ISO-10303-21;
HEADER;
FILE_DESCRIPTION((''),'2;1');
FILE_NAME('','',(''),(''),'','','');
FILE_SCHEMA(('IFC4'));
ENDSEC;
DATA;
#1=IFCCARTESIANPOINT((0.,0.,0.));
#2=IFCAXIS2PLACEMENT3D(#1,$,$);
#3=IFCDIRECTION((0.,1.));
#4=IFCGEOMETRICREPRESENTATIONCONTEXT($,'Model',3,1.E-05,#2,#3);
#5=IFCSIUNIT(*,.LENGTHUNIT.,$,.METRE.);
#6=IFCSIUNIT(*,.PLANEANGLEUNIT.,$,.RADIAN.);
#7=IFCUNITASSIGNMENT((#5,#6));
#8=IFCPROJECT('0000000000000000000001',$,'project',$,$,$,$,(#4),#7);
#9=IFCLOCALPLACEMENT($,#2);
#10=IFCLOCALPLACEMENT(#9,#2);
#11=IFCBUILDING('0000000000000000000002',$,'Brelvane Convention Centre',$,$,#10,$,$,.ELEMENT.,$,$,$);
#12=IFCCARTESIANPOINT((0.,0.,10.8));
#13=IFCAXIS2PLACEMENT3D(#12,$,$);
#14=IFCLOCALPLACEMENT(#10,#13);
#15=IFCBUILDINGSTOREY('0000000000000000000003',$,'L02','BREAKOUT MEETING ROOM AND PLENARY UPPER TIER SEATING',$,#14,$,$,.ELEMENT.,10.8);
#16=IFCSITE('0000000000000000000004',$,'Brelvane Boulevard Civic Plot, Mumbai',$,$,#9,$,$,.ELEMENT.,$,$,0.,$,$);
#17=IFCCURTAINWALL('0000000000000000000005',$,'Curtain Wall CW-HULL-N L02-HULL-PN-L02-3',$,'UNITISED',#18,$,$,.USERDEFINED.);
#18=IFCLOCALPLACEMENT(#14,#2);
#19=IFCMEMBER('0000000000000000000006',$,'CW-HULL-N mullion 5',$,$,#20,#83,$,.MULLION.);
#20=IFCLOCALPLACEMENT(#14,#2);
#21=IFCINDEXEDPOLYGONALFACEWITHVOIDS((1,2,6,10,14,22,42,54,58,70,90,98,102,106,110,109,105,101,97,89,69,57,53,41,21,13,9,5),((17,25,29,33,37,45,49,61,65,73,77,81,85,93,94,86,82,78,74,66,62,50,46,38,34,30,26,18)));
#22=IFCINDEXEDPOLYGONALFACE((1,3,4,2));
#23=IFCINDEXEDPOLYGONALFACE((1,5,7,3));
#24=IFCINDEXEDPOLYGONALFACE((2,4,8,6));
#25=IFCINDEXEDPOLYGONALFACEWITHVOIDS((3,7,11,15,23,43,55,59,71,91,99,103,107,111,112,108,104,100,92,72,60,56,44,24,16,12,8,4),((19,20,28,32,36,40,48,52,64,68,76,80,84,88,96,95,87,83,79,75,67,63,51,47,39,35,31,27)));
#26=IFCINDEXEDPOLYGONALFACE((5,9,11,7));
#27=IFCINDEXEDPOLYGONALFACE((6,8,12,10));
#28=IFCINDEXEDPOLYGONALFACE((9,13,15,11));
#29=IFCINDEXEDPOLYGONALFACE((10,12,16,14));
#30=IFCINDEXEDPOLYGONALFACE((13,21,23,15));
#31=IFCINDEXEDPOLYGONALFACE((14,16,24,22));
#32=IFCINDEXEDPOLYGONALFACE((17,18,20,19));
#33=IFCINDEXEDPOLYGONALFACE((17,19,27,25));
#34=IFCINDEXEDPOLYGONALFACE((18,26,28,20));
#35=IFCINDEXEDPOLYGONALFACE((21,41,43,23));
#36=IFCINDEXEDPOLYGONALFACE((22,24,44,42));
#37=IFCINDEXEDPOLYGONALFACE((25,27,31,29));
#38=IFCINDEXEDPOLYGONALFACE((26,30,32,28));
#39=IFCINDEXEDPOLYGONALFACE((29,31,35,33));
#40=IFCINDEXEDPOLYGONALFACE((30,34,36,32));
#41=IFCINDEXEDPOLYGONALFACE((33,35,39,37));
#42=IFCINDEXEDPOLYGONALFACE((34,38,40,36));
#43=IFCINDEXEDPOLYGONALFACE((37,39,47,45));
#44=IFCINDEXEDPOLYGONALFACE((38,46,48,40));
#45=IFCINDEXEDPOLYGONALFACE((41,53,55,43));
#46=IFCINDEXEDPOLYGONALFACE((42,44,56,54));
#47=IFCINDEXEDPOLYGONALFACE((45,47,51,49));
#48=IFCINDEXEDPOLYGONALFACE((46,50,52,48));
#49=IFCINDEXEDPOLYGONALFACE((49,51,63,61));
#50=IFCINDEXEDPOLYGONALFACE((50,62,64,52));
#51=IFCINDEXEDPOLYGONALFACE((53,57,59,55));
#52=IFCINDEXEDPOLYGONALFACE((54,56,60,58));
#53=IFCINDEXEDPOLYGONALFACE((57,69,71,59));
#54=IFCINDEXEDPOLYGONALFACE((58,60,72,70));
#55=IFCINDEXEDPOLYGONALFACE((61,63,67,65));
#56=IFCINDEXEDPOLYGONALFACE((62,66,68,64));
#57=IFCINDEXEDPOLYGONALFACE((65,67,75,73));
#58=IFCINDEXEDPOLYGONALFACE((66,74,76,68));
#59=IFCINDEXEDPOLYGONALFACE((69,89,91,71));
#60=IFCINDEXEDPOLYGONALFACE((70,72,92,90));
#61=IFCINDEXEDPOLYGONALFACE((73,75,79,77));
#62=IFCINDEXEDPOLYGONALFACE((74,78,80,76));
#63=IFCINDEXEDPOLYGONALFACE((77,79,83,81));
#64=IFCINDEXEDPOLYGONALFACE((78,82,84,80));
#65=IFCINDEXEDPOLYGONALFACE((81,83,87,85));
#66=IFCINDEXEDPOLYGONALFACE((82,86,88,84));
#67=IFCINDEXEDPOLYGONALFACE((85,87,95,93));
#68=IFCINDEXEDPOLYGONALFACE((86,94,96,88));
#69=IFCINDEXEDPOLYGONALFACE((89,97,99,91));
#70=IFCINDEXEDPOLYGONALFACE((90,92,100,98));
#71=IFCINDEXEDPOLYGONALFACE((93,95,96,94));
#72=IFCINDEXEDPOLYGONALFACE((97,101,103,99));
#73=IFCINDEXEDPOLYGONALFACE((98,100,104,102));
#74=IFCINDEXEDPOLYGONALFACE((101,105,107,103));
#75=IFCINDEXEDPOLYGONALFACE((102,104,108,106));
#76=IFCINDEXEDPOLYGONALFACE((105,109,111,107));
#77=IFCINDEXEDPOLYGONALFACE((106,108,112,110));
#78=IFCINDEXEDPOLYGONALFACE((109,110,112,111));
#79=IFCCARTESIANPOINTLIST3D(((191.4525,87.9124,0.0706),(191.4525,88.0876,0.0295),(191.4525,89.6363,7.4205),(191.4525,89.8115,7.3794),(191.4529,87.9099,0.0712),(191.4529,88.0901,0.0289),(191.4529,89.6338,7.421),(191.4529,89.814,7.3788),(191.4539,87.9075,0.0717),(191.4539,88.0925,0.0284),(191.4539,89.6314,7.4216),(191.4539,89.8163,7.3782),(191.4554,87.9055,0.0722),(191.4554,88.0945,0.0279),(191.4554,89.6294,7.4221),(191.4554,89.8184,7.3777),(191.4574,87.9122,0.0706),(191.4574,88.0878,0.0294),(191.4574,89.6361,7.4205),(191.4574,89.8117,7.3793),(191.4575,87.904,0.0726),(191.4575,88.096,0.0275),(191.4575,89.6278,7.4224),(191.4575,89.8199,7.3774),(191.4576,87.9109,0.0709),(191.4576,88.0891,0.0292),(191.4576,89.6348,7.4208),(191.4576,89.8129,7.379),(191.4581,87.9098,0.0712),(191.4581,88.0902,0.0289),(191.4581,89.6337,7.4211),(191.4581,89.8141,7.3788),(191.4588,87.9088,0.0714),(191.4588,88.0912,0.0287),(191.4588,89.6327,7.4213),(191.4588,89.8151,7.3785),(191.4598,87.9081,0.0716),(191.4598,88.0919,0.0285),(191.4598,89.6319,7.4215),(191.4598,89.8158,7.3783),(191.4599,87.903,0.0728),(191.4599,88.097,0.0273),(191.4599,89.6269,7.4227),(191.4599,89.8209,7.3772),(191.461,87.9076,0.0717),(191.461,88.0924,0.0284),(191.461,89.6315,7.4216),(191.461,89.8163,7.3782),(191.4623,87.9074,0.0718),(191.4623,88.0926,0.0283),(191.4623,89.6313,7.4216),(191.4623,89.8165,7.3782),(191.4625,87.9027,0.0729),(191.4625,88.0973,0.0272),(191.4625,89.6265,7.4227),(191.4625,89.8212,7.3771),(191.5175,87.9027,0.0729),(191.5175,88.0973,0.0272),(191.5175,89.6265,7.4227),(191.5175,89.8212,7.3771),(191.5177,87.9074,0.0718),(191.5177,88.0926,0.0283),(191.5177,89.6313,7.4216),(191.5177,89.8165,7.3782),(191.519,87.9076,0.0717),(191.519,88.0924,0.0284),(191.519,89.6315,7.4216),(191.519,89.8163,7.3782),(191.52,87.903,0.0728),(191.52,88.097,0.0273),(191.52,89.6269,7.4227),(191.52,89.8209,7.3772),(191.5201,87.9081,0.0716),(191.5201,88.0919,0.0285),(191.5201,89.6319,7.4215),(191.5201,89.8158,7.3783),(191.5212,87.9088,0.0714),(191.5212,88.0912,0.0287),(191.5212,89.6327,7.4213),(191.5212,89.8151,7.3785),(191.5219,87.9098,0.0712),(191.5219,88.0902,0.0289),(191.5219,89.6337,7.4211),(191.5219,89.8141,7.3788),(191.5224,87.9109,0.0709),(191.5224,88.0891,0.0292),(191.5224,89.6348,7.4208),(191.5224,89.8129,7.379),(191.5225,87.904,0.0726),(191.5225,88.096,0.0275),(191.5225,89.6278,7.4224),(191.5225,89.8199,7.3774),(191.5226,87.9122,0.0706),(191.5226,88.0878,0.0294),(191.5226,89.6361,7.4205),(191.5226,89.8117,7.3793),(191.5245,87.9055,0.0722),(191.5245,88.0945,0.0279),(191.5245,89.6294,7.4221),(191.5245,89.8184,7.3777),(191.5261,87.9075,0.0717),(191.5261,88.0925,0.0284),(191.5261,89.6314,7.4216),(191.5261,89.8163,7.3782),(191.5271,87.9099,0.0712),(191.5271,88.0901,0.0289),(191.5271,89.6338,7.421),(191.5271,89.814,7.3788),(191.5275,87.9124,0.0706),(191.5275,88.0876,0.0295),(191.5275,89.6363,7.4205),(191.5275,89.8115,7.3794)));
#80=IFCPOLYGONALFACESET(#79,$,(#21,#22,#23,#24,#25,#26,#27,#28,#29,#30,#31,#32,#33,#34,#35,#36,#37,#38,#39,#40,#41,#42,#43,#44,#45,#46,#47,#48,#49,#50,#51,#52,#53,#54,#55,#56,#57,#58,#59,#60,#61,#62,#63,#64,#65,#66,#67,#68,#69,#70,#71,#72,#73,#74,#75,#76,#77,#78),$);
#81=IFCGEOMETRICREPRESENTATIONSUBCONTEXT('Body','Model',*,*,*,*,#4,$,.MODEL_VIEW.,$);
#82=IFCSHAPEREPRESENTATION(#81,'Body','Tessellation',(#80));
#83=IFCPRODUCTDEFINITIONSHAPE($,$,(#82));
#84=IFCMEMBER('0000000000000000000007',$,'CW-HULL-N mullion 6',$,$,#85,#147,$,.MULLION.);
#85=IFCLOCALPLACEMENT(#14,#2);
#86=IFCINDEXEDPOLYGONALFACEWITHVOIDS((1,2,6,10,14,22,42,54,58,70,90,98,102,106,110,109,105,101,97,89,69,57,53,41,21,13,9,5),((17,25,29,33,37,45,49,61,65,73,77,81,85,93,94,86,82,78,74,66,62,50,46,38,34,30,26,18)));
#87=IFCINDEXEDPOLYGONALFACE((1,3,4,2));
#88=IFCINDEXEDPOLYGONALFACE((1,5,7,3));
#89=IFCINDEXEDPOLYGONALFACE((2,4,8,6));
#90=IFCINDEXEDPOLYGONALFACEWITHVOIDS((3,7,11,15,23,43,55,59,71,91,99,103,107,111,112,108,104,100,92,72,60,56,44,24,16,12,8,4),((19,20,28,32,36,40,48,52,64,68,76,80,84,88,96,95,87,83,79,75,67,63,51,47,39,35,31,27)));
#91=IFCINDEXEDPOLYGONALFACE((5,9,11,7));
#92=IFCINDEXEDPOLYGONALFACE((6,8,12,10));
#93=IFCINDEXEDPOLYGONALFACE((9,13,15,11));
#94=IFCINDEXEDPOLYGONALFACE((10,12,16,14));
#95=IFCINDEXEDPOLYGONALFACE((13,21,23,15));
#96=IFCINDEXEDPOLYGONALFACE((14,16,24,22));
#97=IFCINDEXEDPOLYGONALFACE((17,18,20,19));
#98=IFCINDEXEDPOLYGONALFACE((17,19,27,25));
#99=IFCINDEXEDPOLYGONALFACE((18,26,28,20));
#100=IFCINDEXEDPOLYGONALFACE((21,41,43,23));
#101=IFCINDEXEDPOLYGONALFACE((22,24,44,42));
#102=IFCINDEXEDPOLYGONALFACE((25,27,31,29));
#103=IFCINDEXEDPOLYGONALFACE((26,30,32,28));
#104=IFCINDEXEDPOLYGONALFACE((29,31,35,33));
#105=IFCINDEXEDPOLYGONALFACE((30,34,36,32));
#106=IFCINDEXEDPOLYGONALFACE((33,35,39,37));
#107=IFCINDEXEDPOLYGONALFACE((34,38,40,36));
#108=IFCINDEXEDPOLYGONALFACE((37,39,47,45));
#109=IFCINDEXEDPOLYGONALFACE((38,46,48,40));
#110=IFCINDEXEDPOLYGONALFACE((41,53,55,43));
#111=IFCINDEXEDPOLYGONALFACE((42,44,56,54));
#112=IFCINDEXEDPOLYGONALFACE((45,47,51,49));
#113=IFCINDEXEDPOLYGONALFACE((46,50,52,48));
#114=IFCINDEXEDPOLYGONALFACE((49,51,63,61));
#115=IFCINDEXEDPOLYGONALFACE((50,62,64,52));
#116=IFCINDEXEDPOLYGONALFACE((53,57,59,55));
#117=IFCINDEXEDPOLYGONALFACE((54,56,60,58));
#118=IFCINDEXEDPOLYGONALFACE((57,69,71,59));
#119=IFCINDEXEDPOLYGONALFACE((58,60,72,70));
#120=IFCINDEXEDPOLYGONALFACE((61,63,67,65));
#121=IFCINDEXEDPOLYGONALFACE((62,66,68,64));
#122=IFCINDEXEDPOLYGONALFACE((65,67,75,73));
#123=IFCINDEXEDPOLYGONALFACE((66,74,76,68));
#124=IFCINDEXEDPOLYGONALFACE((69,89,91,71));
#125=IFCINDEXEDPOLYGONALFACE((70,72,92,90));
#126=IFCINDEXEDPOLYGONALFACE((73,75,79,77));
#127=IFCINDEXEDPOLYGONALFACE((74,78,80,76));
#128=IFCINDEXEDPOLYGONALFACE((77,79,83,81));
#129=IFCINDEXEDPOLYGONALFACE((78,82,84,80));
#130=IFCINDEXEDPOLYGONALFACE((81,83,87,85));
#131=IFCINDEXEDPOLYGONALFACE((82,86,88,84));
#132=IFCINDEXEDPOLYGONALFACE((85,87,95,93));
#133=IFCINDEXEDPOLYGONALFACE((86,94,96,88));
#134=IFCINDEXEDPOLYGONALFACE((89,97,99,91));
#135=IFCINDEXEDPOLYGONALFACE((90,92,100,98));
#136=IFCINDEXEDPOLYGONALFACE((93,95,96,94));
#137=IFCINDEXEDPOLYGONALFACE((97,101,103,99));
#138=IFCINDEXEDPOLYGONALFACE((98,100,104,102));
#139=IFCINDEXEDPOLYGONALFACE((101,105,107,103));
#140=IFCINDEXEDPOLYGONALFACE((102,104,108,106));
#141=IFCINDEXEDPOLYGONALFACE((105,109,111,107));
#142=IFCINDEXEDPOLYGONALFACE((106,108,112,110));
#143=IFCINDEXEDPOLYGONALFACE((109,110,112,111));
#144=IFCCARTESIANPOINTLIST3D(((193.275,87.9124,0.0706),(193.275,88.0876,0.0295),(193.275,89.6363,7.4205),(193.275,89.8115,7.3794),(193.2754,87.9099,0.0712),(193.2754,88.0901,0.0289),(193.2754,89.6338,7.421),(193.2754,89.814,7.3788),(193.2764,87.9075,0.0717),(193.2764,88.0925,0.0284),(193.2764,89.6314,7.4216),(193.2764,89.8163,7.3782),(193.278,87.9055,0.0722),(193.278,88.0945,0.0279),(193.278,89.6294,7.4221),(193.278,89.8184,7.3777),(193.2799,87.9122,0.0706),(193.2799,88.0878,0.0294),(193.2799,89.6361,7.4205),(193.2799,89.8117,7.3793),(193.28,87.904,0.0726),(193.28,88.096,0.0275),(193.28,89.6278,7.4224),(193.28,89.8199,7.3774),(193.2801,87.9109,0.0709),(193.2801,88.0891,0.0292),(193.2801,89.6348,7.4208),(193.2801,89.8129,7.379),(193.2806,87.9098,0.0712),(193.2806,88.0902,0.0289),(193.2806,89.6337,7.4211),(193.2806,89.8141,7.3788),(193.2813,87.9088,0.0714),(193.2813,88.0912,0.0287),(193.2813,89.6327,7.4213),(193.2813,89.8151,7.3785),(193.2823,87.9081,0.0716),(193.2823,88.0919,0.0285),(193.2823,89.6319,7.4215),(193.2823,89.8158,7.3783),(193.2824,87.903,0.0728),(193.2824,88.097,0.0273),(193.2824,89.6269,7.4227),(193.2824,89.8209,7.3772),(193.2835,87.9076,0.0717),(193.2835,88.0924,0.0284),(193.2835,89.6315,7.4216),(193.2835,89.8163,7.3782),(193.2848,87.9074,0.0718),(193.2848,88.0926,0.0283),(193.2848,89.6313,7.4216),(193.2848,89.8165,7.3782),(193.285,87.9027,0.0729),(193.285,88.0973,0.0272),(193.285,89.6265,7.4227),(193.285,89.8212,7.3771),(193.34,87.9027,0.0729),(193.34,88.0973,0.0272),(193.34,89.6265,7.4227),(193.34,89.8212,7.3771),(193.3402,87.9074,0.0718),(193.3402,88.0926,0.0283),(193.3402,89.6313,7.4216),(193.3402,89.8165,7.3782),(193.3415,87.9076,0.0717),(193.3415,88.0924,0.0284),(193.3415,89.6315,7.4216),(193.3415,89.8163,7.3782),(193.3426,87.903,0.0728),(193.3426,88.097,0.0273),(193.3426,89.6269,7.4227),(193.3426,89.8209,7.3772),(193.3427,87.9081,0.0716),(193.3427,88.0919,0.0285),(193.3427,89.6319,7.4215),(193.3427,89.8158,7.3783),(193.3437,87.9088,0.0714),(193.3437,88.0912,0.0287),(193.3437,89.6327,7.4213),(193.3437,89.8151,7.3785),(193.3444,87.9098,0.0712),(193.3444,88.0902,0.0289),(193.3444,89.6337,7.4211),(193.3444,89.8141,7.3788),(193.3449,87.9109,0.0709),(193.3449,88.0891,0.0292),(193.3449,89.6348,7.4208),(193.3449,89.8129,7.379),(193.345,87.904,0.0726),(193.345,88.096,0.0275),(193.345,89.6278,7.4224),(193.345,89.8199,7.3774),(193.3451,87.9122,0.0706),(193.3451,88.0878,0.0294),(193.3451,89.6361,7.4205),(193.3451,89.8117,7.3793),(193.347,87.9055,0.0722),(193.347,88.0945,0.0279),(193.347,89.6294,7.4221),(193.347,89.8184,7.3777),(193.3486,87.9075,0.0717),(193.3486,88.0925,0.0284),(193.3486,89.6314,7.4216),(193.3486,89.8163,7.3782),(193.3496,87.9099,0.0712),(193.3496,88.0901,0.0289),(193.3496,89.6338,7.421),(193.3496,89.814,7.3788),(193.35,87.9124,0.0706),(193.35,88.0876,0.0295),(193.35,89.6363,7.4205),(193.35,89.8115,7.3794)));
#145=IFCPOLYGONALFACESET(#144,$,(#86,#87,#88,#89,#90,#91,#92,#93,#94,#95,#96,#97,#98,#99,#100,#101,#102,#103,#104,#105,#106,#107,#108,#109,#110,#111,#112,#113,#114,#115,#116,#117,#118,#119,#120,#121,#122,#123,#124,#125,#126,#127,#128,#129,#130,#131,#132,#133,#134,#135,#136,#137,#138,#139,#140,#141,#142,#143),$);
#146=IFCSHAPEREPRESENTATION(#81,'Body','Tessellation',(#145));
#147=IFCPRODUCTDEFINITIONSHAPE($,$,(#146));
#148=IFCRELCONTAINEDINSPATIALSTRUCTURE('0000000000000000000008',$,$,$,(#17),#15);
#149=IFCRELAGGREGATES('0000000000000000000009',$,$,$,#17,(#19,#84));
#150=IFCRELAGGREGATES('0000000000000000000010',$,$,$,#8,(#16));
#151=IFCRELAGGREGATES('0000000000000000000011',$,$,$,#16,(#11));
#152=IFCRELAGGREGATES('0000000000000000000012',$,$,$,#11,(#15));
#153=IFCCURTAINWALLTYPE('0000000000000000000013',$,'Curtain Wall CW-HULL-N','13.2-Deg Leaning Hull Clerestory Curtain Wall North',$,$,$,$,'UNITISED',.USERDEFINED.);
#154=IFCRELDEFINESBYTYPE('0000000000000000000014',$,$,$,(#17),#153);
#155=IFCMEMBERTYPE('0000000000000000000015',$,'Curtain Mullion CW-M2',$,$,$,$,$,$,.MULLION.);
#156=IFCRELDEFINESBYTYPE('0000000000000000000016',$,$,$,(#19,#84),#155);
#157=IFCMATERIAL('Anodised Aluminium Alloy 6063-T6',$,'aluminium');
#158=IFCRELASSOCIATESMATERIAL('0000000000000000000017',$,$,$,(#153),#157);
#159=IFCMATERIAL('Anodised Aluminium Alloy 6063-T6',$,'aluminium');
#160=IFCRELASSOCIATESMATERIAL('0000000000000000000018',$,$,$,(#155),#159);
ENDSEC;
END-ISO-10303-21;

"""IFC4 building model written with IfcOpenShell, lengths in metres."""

from ifc_helpers import new_model, si_unit, direction, frame, origin, origin_2d, place, context, subcontext, project, spatial, hollow_rectangle, extrude, material, material_profile, profile_set, type_object, element, aggregate, save


model = new_model("IFC4")

# Units and contexts
model_context = context("Model", 3, precision=1e-05, world=origin(), true_north=direction((0.0, 1.0)))
body_context = subcontext(model_context, "Body", "Model", "MODEL_VIEW")
ifc_project = project(units=[si_unit("LENGTHUNIT", "METRE"), si_unit("PLANEANGLEUNIT", "RADIAN")], contexts=[model_context])

# Site, building, storey
site_placement = place(None, origin())
site = spatial("IfcSite", under=ifc_project, at=site_placement, Name="Brelvane Boulevard Civic Plot, Mumbai", CompositionType="ELEMENT", RefElevation=0.0)
building_placement = place(site_placement, origin())
building = spatial("IfcBuilding", under=site, at=building_placement, Name="Brelvane Convention Centre", CompositionType="ELEMENT")
storey_placement = place(building_placement, frame((0.0, 0.0, 10.8)))
storey = spatial("IfcBuildingStorey", under=building, at=storey_placement, Name="L02", Description="BREAKOUT MEETING ROOM AND PLENARY UPPER TIER SEATING", CompositionType="ELEMENT", Elevation=10.8)

# Curtain wall, members
ifc_material_1 = material(Name="Anodised Aluminium Alloy 6063-T6", Category="aluminium")
curtain_wall_type = type_object("IfcCurtainWallType", Name="Curtain Wall CW-HULL-N", Description="13.2-Deg Leaning Hull Clerestory Curtain Wall North", ElementType="UNITISED", PredefinedType="USERDEFINED", material=ifc_material_1)
curtain_wall_1_placement = place(storey_placement, origin())
curtain_wall_1 = element("IfcCurtainWall", 1, at=curtain_wall_1_placement, inside=storey, type_object=curtain_wall_type, Name="Curtain Wall CW-HULL-N L02-HULL-PN-L02-3", ObjectType="UNITISED", PredefinedType="USERDEFINED")
ifc_material_2 = material(Name="Anodised Aluminium Alloy 6063-T6", Category="aluminium")
ifc_material_profile_1 = material_profile(ifc_material_2, hollow_rectangle(XDim=0.075, YDim=0.2, WallThickness=0.0049, InnerFilletRadius=0.0049, OuterFilletRadius=0.01, at=origin_2d()), Name="ALU-M 200x75x5.0")
ifc_profile_set_1 = profile_set([ifc_material_profile_1], Name="Anodised Aluminium Alloy 6063-T6")
member_type_1 = type_object("IfcMemberType", Name="Curtain Mullion CW-M2", PredefinedType="MULLION", material=ifc_profile_set_1)
member_1_placement = place(storey_placement, frame((191.49, 88.0, 0.05), z_axis=(0.0, 0.228349, 0.973579), x_axis=(-1.0, 0.0, 0.0)))
member_1 = element("IfcMember", 2, at=member_1_placement, type_object=member_type_1, Name="CW-HULL-N mullion 5", PredefinedType="MULLION", context=body_context, shape_type="SweptSolid", body=[
    extrude(hollow_rectangle(XDim=0.075, YDim=0.2, WallThickness=0.0049, InnerFilletRadius=0.0049, OuterFilletRadius=0.01, at=origin_2d()), origin(), (0.0, 0.0, 1.0), 7.5493),
])
member_2_placement = place(storey_placement, frame((193.3125, 88.0, 0.05), z_axis=(0.0, 0.228349, 0.973579), x_axis=(-1.0, 0.0, 0.0)))
member_2 = element("IfcMember", 3, at=member_2_placement, type_object=member_type_1, Name="CW-HULL-N mullion 6", PredefinedType="MULLION", context=body_context, shape_type="SweptSolid", body=[
    extrude(hollow_rectangle(XDim=0.075, YDim=0.2, WallThickness=0.0049, InnerFilletRadius=0.0049, OuterFilletRadius=0.01, at=origin_2d()), origin(), (0.0, 0.0, 1.0), 7.5493),
])

aggregate(curtain_wall_1, [member_1, member_2])

save(model, "model.ifc")
